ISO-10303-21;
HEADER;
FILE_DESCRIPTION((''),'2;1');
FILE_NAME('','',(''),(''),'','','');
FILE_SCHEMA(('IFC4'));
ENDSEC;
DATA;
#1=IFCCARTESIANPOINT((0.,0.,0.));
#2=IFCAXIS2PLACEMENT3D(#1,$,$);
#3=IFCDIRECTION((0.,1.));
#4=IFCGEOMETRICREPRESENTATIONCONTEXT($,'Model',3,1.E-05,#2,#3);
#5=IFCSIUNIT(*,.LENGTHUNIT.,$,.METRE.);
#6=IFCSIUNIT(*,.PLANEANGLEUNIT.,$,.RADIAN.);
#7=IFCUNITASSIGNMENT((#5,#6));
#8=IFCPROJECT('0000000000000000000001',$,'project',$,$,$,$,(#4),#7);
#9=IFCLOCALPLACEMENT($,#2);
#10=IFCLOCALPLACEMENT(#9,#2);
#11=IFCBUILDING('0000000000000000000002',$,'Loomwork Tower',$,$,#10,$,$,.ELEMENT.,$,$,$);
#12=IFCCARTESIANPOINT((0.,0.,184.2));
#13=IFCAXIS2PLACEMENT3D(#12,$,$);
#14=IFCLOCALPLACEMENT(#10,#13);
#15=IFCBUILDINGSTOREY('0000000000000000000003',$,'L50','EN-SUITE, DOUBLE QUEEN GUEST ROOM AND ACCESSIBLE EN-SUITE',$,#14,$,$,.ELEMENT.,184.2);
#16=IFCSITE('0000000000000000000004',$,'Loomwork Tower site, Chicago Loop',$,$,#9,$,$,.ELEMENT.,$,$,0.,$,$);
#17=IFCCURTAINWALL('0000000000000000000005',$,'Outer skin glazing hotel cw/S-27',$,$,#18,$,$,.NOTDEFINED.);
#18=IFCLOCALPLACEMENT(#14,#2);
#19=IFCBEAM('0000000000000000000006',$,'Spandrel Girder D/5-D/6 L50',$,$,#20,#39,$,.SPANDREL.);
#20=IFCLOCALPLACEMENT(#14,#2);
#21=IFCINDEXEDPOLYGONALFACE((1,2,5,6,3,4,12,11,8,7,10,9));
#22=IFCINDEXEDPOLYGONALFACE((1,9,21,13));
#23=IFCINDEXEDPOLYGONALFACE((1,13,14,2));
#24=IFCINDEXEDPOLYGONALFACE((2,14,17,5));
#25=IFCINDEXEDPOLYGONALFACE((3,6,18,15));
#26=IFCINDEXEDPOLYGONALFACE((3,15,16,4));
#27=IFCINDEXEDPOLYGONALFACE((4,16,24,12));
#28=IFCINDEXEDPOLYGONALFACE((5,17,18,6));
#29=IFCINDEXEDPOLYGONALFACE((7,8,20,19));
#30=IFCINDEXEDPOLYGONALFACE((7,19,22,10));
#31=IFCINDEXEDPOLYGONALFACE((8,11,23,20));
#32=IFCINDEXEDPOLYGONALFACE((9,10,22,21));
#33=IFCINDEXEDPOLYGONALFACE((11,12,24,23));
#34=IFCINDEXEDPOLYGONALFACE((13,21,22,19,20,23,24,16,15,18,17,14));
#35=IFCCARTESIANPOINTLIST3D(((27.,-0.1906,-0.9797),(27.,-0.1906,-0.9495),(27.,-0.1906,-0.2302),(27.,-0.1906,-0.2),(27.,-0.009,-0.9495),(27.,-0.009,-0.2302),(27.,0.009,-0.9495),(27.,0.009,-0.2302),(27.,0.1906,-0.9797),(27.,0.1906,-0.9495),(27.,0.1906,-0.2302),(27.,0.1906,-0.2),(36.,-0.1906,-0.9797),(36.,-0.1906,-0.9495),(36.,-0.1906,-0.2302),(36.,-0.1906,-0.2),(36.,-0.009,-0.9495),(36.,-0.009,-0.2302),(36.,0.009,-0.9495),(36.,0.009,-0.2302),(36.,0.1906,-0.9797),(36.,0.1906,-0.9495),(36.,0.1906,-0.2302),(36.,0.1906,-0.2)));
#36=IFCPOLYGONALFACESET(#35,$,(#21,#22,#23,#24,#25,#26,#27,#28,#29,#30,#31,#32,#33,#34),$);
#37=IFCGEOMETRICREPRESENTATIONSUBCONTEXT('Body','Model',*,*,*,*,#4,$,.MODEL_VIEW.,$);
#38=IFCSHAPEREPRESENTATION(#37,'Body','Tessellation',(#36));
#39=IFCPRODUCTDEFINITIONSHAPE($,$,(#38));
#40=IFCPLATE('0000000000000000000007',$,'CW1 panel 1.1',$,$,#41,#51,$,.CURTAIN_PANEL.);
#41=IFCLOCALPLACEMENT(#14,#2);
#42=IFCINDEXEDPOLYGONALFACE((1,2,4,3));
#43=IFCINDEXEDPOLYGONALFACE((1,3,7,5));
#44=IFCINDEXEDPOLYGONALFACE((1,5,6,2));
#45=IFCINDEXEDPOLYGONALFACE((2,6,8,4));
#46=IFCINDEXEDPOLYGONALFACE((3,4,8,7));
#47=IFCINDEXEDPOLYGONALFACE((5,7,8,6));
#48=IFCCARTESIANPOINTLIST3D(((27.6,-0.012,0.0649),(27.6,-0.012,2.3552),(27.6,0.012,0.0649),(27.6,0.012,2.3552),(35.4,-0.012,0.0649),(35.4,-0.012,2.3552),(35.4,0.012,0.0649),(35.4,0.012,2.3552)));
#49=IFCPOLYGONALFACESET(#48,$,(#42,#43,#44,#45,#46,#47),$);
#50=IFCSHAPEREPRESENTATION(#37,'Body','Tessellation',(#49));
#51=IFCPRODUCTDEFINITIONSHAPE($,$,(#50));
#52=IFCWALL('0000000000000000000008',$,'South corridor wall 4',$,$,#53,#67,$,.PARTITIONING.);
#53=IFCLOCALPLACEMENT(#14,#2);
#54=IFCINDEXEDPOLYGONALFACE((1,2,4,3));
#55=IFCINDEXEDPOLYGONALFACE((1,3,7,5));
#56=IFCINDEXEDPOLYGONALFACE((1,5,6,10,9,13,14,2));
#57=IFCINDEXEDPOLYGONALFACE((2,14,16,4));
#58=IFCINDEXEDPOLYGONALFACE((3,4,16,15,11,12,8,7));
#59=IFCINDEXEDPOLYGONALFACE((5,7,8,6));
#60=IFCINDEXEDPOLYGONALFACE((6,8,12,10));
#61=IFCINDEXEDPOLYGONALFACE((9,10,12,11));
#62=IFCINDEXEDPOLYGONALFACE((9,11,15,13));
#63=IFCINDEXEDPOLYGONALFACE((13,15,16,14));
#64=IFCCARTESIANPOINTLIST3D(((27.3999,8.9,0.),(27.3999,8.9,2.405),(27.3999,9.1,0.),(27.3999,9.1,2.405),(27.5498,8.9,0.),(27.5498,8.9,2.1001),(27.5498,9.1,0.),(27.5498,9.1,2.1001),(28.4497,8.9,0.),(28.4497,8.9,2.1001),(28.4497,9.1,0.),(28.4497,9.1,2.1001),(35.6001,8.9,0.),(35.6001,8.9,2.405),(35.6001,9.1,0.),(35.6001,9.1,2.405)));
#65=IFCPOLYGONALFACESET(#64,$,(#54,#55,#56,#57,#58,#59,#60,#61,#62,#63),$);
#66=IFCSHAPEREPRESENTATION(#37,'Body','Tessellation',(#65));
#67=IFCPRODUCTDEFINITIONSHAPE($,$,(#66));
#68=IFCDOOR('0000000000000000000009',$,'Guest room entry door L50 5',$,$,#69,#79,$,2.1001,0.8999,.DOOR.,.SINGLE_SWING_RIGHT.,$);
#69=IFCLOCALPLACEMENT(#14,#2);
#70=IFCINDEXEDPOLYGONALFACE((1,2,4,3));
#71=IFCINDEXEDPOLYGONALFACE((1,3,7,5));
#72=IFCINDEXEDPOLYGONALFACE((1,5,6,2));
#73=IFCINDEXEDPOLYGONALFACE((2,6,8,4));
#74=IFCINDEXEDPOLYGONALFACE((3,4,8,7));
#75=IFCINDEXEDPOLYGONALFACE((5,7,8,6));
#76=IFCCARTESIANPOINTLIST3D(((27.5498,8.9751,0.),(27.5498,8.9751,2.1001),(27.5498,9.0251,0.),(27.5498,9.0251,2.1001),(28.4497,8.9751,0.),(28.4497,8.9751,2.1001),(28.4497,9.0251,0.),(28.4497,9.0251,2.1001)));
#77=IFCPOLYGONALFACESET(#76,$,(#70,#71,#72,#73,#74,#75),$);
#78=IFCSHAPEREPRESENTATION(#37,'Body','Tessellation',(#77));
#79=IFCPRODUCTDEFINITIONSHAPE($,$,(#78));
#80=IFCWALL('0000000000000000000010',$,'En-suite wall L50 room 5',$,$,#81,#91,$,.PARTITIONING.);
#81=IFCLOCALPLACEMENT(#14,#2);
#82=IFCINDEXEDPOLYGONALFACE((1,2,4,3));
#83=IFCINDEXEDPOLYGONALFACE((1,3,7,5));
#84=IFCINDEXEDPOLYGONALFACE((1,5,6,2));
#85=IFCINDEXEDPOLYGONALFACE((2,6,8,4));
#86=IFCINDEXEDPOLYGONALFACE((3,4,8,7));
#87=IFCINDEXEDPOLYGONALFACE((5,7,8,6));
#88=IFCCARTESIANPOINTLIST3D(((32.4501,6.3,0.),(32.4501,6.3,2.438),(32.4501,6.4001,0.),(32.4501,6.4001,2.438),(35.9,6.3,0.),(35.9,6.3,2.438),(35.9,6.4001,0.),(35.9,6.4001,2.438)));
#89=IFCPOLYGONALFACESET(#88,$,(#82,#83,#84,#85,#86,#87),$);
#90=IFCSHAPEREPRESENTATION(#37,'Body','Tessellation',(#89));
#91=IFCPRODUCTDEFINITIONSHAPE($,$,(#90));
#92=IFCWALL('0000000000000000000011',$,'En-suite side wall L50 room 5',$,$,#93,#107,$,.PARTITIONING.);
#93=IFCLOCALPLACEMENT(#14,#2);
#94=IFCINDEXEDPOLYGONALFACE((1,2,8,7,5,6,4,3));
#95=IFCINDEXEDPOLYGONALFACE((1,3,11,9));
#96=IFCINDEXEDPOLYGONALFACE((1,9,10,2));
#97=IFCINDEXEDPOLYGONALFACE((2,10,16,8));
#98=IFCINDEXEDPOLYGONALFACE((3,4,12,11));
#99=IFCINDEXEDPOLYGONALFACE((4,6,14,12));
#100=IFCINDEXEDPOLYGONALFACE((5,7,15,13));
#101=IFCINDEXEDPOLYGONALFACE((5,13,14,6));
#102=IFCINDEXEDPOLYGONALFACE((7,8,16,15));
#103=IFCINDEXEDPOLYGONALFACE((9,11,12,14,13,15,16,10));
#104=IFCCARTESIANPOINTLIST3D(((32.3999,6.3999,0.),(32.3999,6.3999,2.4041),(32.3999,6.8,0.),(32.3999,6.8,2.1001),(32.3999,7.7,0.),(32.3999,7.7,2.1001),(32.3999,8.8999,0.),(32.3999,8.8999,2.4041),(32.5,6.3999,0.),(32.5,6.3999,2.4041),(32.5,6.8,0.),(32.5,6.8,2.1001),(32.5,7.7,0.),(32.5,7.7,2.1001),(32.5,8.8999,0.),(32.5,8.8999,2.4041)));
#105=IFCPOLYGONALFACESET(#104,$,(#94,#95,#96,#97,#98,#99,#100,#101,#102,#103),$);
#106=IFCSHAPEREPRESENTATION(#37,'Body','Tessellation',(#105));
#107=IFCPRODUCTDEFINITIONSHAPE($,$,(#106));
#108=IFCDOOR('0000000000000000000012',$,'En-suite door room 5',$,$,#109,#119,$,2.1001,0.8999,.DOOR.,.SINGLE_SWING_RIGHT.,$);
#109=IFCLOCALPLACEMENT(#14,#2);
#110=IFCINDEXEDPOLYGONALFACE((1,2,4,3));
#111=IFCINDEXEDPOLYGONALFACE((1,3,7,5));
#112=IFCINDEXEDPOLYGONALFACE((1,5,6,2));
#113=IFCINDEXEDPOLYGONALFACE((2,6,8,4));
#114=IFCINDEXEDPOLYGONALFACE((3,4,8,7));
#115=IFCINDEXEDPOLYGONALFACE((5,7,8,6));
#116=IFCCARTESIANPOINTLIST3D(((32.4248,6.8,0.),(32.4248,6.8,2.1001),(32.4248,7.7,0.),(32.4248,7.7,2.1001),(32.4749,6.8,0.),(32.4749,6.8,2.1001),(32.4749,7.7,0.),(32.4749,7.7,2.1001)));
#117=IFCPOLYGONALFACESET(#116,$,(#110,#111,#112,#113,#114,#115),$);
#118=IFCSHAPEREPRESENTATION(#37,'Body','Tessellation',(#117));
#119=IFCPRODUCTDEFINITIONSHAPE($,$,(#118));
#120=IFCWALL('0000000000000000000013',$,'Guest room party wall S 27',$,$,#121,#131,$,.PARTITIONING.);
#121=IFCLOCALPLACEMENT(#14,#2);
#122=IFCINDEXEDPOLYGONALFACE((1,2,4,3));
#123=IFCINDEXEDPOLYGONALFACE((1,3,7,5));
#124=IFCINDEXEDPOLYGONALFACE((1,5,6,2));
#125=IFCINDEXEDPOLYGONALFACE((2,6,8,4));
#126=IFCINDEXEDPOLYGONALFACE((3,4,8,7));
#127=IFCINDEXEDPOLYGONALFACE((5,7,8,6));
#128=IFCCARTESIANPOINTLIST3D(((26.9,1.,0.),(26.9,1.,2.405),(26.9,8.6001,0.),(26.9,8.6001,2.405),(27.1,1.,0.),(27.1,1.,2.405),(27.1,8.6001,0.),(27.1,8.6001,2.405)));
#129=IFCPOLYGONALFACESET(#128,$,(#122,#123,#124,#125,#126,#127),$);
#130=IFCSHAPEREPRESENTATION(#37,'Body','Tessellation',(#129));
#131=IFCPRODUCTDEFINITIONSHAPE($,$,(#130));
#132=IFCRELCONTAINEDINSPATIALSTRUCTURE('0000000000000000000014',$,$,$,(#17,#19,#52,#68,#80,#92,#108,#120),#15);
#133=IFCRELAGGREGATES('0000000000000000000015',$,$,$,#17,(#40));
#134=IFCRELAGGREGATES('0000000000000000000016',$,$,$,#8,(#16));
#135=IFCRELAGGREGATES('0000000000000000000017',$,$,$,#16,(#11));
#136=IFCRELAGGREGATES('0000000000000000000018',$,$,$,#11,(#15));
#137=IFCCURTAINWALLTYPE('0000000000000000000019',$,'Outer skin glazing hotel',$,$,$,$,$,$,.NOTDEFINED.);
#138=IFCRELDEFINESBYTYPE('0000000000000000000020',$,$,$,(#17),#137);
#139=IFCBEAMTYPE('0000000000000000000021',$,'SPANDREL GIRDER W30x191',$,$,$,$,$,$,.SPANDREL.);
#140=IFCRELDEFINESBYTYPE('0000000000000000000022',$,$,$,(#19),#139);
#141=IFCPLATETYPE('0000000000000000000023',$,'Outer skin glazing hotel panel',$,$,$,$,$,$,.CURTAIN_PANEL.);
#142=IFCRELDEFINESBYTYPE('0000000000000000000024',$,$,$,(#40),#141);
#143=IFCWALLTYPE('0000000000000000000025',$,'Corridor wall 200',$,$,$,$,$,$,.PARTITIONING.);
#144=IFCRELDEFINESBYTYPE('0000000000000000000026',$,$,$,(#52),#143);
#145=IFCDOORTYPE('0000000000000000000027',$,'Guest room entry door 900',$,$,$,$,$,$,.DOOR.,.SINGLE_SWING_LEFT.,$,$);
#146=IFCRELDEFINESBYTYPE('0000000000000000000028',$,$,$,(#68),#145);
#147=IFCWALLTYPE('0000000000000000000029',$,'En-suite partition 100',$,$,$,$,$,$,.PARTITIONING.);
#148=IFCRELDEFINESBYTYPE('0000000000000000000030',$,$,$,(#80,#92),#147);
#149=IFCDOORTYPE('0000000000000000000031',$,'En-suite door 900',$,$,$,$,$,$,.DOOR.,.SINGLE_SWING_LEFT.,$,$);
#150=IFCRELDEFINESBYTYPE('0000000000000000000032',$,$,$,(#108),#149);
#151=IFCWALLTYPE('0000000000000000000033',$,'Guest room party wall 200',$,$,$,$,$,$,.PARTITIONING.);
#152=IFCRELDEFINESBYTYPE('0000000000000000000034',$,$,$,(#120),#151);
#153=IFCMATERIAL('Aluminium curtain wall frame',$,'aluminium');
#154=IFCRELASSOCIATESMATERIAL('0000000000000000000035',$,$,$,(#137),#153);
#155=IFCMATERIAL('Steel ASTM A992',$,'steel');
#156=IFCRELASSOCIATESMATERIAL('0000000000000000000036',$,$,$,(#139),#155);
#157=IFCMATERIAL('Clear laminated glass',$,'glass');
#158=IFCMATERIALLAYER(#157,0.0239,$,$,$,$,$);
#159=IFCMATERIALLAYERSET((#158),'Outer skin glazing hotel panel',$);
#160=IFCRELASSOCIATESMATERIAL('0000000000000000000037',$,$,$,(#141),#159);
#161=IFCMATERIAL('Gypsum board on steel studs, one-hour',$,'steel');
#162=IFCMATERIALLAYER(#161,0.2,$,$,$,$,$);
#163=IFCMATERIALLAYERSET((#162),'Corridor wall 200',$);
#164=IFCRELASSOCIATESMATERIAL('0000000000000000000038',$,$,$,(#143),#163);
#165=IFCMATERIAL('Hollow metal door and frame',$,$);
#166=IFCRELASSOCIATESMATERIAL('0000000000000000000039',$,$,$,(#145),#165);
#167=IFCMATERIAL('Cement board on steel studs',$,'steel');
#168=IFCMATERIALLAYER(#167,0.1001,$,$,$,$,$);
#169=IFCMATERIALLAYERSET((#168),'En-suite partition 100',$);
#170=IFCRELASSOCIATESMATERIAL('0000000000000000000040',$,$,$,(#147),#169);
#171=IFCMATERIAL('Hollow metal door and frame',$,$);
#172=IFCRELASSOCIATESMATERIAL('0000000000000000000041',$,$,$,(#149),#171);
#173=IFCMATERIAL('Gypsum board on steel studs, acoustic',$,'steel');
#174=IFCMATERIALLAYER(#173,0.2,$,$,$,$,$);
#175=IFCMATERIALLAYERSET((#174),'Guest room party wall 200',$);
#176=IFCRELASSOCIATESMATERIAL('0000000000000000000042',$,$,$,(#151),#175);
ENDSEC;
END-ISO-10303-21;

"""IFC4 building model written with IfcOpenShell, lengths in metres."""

from ifc_helpers import new_model, si_unit, direction, frame, frame_2d, origin, origin_2d, place, context, subcontext, project, spatial, rectangle, i_section, extrude, material, layer, layer_set, material_profile, profile_set, type_object, element, fill, aggregate, save


model = new_model("IFC4")

# Units and contexts
model_context = context("Model", 3, precision=1e-05, world=origin(), true_north=direction((0.0, 1.0)))
body_context = subcontext(model_context, "Body", "Model", "MODEL_VIEW")
ifc_project = project(units=[si_unit("LENGTHUNIT", "METRE"), si_unit("PLANEANGLEUNIT", "RADIAN")], contexts=[model_context])

# Site, building, storey
site_placement = place(None, origin())
site = spatial("IfcSite", under=ifc_project, at=site_placement, Name="Loomwork Tower site, Chicago Loop", CompositionType="ELEMENT", RefElevation=0.0)
building_placement = place(site_placement, origin())
building = spatial("IfcBuilding", under=site, at=building_placement, Name="Loomwork Tower", CompositionType="ELEMENT")
storey_placement = place(building_placement, frame((0.0, 0.0, 184.2)))
storey = spatial("IfcBuildingStorey", under=building, at=storey_placement, Name="L50", Description="EN-SUITE, DOUBLE QUEEN GUEST ROOM AND ACCESSIBLE EN-SUITE", CompositionType="ELEMENT", Elevation=184.2)

# Curtain wall
ifc_material_1 = material(Name="Aluminium curtain wall frame", Category="aluminium")
curtain_wall_type = type_object("IfcCurtainWallType", Name="Outer skin glazing hotel", PredefinedType="NOTDEFINED", material=ifc_material_1)
curtain_wall_placement = place(storey_placement, origin())
curtain_wall = element("IfcCurtainWall", 1, at=curtain_wall_placement, inside=storey, type_object=curtain_wall_type, Name="Outer skin glazing hotel cw/S-27", PredefinedType="NOTDEFINED")

# Beam
ifc_material_2 = material(Name="Steel ASTM A992", Category="steel")
ifc_material_profile_1 = material_profile(ifc_material_2, i_section(OverallWidth=0.3811, OverallDepth=0.7798, WebThickness=0.0181, FlangeThickness=0.0303, at=origin_2d()), Name="W30x191")
ifc_profile_set_1 = profile_set([ifc_material_profile_1], Name="Steel ASTM A992")
beam_type_1 = type_object("IfcBeamType", Name="SPANDREL GIRDER W30x191", PredefinedType="SPANDREL", material=ifc_profile_set_1)
beam_1_placement = place(storey_placement, frame((27.0, 0.0, -0.5898), z_axis=(1.0, 0.0, 0.0), x_axis=(0.0, 1.0, 0.0)))
element("IfcBeam", 2, at=beam_1_placement, inside=storey, type_object=beam_type_1, Name="Spandrel Girder D/5-D/6 L50", PredefinedType="SPANDREL", context=body_context, shape_type="SweptSolid", body=[
    extrude(i_section(OverallWidth=0.3811, OverallDepth=0.7798, WebThickness=0.0181, FlangeThickness=0.0303, at=origin_2d()), origin(), (0.0, 0.0, 1.0), 9.0),
])

# Plate
ifc_material_3 = material(Name="Clear laminated glass", Category="glass")
ifc_layer_1 = layer(ifc_material_3, 0.0239)
ifc_layer_set_1 = layer_set([ifc_layer_1], Name="Outer skin glazing hotel panel")
plate_type = type_object("IfcPlateType", Name="Outer skin glazing hotel panel", PredefinedType="CURTAIN_PANEL", material=ifc_layer_set_1)
plate_placement = place(storey_placement, frame((31.5, 0.0, 0.0649), z_axis=(0.0, 0.0, 1.0), x_axis=(1.0, 0.0, 0.0)))
plate = element("IfcPlate", 3, at=plate_placement, type_object=plate_type, Name="CW1 panel 1.1", PredefinedType="CURTAIN_PANEL", context=body_context, shape_type="SweptSolid", body=[
    extrude(rectangle(XDim=7.8, YDim=0.0239, at=origin_2d()), origin(), (0.0, 0.0, 1.0), 2.2903),
])
aggregate(curtain_wall, [plate])

# Wall, opening, door
ifc_material_4 = material(Name="Gypsum board on steel studs, one-hour", Category="steel")
ifc_layer_2 = layer(ifc_material_4, 0.2)
ifc_layer_set_2 = layer_set([ifc_layer_2], Name="Corridor wall 200")
wall_type_1 = type_object("IfcWallType", Name="Corridor wall 200", PredefinedType="PARTITIONING", material=ifc_layer_set_2)
wall_1_placement = place(storey_placement, frame((27.3999, 9.0, 0.0), z_axis=(0.0, 0.0, 1.0), x_axis=(1.0, 0.0, 0.0)))
wall_1 = element("IfcWall", 4, at=wall_1_placement, inside=storey, type_object=wall_type_1, Name="South corridor wall 4", PredefinedType="PARTITIONING", context=body_context, shape_type="SweptSolid", body=[
    extrude(rectangle(XDim=8.2002, YDim=0.2, at=frame_2d((4.1001, 0.0))), origin(), (0.0, 0.0, 1.0), 2.405),
])
opening_1_placement = place(wall_1_placement, frame((0.1499, 0.0, 0.0)))
opening_1 = element("IfcOpeningElement", 5, at=opening_1_placement, cuts=wall_1, PredefinedType="OPENING", context=body_context, shape_type="SweptSolid", body=[
    extrude(rectangle(XDim=0.8999, YDim=2.1001, at=frame_2d((0.45, 1.05))), frame((0.0, 0.1099, 0.0), z_axis=(0.0, -1.0, 0.0), x_axis=(1.0, 0.0, 0.0)), (0.0, 0.0, 1.0), 0.22),
])
ifc_material_5 = material(Name="Hollow metal door and frame")
door_type_1 = type_object("IfcDoorType", Name="Guest room entry door 900", OperationType="SINGLE_SWING_LEFT", PredefinedType="DOOR", material=ifc_material_5)
door_1_placement = place(opening_1_placement, frame((0.8999, 0.0, 0.0), z_axis=(0.0, 0.0, 1.0), x_axis=(-1.0, 0.0, 0.0)))
door_1 = element("IfcDoor", 6, at=door_1_placement, inside=storey, type_object=door_type_1, Name="Guest room entry door L50 5", OperationType="SINGLE_SWING_RIGHT", OverallHeight=2.1001, OverallWidth=0.8999, PredefinedType="DOOR", context=body_context, shape_type="SweptSolid", body=[
    extrude(rectangle(XDim=0.8999, YDim=2.1001, at=frame_2d((0.45, 1.05))), frame((0.0, 0.0249, 0.0), z_axis=(0.0, -1.0, 0.0), x_axis=(1.0, 0.0, 0.0)), (0.0, 0.0, 1.0), 0.05),
])
fill(opening_1, door_1)

# Wall
ifc_material_6 = material(Name="Cement board on steel studs", Category="steel")
ifc_layer_3 = layer(ifc_material_6, 0.1001)
ifc_layer_set_3 = layer_set([ifc_layer_3], Name="En-suite partition 100")
wall_type_2 = type_object("IfcWallType", Name="En-suite partition 100", PredefinedType="PARTITIONING", material=ifc_layer_set_3)
wall_2_placement = place(storey_placement, frame((32.45, 6.3501, 0.0), z_axis=(0.0, 0.0, 1.0), x_axis=(1.0, 0.0, 0.0)))
element("IfcWall", 7, at=wall_2_placement, inside=storey, type_object=wall_type_2, Name="En-suite wall L50 room 5", PredefinedType="PARTITIONING", context=body_context, shape_type="SweptSolid", body=[
    extrude(rectangle(XDim=3.45, YDim=0.1001, at=frame_2d((1.7251, 0.0))), origin(), (0.0, 0.0, 1.0), 2.438),
])

# Wall, opening, door
wall_3_placement = place(storey_placement, frame((32.45, 8.8999, 0.0), z_axis=(0.0, 0.0, 1.0), x_axis=(0.0, -1.0, 0.0)))
wall_3 = element("IfcWall", 8, at=wall_3_placement, inside=storey, type_object=wall_type_2, Name="En-suite side wall L50 room 5", PredefinedType="PARTITIONING", context=body_context, shape_type="SweptSolid", body=[
    extrude(rectangle(XDim=2.5, YDim=0.1001, at=frame_2d((1.25, 0.0))), origin(), (0.0, 0.0, 1.0), 2.4041),
])
opening_2_placement = place(wall_3_placement, frame((1.2, 0.0, 0.0)))
opening_2 = element("IfcOpeningElement", 9, at=opening_2_placement, cuts=wall_3, PredefinedType="OPENING", context=body_context, shape_type="SweptSolid", body=[
    extrude(rectangle(XDim=0.8999, YDim=2.1001, at=frame_2d((0.45, 1.05))), frame((0.0, 0.0601, 0.0), z_axis=(0.0, -1.0, 0.0), x_axis=(1.0, 0.0, 0.0)), (0.0, 0.0, 1.0), 0.1201),
])
ifc_material_7 = material(Name="Hollow metal door and frame")
door_type_2 = type_object("IfcDoorType", Name="En-suite door 900", OperationType="SINGLE_SWING_LEFT", PredefinedType="DOOR", material=ifc_material_7)
door_2_placement = place(opening_2_placement, origin())
door_2 = element("IfcDoor", 10, at=door_2_placement, inside=storey, type_object=door_type_2, Name="En-suite door room 5", OperationType="SINGLE_SWING_RIGHT", OverallHeight=2.1001, OverallWidth=0.8999, PredefinedType="DOOR", context=body_context, shape_type="SweptSolid", body=[
    extrude(rectangle(XDim=0.8999, YDim=2.1001, at=frame_2d((0.45, 1.05))), frame((0.0, 0.0249, 0.0), z_axis=(0.0, -1.0, 0.0), x_axis=(1.0, 0.0, 0.0)), (0.0, 0.0, 1.0), 0.05),
])
fill(opening_2, door_2)

# Wall
ifc_material_8 = material(Name="Gypsum board on steel studs, acoustic", Category="steel")
ifc_layer_4 = layer(ifc_material_8, 0.2)
ifc_layer_set_4 = layer_set([ifc_layer_4], Name="Guest room party wall 200")
wall_type_3 = type_object("IfcWallType", Name="Guest room party wall 200", PredefinedType="PARTITIONING", material=ifc_layer_set_4)
wall_4_placement = place(storey_placement, frame((27.0, 8.6001, 0.0), z_axis=(0.0, 0.0, 1.0), x_axis=(0.0, -1.0, 0.0)))
element("IfcWall", 11, at=wall_4_placement, inside=storey, type_object=wall_type_3, Name="Guest room party wall S 27", PredefinedType="PARTITIONING", context=body_context, shape_type="SweptSolid", body=[
    extrude(rectangle(XDim=7.6001, YDim=0.2, at=frame_2d((3.8, 0.0))), origin(), (0.0, 0.0, 1.0), 2.405),
])

save(model, "model.ifc")
